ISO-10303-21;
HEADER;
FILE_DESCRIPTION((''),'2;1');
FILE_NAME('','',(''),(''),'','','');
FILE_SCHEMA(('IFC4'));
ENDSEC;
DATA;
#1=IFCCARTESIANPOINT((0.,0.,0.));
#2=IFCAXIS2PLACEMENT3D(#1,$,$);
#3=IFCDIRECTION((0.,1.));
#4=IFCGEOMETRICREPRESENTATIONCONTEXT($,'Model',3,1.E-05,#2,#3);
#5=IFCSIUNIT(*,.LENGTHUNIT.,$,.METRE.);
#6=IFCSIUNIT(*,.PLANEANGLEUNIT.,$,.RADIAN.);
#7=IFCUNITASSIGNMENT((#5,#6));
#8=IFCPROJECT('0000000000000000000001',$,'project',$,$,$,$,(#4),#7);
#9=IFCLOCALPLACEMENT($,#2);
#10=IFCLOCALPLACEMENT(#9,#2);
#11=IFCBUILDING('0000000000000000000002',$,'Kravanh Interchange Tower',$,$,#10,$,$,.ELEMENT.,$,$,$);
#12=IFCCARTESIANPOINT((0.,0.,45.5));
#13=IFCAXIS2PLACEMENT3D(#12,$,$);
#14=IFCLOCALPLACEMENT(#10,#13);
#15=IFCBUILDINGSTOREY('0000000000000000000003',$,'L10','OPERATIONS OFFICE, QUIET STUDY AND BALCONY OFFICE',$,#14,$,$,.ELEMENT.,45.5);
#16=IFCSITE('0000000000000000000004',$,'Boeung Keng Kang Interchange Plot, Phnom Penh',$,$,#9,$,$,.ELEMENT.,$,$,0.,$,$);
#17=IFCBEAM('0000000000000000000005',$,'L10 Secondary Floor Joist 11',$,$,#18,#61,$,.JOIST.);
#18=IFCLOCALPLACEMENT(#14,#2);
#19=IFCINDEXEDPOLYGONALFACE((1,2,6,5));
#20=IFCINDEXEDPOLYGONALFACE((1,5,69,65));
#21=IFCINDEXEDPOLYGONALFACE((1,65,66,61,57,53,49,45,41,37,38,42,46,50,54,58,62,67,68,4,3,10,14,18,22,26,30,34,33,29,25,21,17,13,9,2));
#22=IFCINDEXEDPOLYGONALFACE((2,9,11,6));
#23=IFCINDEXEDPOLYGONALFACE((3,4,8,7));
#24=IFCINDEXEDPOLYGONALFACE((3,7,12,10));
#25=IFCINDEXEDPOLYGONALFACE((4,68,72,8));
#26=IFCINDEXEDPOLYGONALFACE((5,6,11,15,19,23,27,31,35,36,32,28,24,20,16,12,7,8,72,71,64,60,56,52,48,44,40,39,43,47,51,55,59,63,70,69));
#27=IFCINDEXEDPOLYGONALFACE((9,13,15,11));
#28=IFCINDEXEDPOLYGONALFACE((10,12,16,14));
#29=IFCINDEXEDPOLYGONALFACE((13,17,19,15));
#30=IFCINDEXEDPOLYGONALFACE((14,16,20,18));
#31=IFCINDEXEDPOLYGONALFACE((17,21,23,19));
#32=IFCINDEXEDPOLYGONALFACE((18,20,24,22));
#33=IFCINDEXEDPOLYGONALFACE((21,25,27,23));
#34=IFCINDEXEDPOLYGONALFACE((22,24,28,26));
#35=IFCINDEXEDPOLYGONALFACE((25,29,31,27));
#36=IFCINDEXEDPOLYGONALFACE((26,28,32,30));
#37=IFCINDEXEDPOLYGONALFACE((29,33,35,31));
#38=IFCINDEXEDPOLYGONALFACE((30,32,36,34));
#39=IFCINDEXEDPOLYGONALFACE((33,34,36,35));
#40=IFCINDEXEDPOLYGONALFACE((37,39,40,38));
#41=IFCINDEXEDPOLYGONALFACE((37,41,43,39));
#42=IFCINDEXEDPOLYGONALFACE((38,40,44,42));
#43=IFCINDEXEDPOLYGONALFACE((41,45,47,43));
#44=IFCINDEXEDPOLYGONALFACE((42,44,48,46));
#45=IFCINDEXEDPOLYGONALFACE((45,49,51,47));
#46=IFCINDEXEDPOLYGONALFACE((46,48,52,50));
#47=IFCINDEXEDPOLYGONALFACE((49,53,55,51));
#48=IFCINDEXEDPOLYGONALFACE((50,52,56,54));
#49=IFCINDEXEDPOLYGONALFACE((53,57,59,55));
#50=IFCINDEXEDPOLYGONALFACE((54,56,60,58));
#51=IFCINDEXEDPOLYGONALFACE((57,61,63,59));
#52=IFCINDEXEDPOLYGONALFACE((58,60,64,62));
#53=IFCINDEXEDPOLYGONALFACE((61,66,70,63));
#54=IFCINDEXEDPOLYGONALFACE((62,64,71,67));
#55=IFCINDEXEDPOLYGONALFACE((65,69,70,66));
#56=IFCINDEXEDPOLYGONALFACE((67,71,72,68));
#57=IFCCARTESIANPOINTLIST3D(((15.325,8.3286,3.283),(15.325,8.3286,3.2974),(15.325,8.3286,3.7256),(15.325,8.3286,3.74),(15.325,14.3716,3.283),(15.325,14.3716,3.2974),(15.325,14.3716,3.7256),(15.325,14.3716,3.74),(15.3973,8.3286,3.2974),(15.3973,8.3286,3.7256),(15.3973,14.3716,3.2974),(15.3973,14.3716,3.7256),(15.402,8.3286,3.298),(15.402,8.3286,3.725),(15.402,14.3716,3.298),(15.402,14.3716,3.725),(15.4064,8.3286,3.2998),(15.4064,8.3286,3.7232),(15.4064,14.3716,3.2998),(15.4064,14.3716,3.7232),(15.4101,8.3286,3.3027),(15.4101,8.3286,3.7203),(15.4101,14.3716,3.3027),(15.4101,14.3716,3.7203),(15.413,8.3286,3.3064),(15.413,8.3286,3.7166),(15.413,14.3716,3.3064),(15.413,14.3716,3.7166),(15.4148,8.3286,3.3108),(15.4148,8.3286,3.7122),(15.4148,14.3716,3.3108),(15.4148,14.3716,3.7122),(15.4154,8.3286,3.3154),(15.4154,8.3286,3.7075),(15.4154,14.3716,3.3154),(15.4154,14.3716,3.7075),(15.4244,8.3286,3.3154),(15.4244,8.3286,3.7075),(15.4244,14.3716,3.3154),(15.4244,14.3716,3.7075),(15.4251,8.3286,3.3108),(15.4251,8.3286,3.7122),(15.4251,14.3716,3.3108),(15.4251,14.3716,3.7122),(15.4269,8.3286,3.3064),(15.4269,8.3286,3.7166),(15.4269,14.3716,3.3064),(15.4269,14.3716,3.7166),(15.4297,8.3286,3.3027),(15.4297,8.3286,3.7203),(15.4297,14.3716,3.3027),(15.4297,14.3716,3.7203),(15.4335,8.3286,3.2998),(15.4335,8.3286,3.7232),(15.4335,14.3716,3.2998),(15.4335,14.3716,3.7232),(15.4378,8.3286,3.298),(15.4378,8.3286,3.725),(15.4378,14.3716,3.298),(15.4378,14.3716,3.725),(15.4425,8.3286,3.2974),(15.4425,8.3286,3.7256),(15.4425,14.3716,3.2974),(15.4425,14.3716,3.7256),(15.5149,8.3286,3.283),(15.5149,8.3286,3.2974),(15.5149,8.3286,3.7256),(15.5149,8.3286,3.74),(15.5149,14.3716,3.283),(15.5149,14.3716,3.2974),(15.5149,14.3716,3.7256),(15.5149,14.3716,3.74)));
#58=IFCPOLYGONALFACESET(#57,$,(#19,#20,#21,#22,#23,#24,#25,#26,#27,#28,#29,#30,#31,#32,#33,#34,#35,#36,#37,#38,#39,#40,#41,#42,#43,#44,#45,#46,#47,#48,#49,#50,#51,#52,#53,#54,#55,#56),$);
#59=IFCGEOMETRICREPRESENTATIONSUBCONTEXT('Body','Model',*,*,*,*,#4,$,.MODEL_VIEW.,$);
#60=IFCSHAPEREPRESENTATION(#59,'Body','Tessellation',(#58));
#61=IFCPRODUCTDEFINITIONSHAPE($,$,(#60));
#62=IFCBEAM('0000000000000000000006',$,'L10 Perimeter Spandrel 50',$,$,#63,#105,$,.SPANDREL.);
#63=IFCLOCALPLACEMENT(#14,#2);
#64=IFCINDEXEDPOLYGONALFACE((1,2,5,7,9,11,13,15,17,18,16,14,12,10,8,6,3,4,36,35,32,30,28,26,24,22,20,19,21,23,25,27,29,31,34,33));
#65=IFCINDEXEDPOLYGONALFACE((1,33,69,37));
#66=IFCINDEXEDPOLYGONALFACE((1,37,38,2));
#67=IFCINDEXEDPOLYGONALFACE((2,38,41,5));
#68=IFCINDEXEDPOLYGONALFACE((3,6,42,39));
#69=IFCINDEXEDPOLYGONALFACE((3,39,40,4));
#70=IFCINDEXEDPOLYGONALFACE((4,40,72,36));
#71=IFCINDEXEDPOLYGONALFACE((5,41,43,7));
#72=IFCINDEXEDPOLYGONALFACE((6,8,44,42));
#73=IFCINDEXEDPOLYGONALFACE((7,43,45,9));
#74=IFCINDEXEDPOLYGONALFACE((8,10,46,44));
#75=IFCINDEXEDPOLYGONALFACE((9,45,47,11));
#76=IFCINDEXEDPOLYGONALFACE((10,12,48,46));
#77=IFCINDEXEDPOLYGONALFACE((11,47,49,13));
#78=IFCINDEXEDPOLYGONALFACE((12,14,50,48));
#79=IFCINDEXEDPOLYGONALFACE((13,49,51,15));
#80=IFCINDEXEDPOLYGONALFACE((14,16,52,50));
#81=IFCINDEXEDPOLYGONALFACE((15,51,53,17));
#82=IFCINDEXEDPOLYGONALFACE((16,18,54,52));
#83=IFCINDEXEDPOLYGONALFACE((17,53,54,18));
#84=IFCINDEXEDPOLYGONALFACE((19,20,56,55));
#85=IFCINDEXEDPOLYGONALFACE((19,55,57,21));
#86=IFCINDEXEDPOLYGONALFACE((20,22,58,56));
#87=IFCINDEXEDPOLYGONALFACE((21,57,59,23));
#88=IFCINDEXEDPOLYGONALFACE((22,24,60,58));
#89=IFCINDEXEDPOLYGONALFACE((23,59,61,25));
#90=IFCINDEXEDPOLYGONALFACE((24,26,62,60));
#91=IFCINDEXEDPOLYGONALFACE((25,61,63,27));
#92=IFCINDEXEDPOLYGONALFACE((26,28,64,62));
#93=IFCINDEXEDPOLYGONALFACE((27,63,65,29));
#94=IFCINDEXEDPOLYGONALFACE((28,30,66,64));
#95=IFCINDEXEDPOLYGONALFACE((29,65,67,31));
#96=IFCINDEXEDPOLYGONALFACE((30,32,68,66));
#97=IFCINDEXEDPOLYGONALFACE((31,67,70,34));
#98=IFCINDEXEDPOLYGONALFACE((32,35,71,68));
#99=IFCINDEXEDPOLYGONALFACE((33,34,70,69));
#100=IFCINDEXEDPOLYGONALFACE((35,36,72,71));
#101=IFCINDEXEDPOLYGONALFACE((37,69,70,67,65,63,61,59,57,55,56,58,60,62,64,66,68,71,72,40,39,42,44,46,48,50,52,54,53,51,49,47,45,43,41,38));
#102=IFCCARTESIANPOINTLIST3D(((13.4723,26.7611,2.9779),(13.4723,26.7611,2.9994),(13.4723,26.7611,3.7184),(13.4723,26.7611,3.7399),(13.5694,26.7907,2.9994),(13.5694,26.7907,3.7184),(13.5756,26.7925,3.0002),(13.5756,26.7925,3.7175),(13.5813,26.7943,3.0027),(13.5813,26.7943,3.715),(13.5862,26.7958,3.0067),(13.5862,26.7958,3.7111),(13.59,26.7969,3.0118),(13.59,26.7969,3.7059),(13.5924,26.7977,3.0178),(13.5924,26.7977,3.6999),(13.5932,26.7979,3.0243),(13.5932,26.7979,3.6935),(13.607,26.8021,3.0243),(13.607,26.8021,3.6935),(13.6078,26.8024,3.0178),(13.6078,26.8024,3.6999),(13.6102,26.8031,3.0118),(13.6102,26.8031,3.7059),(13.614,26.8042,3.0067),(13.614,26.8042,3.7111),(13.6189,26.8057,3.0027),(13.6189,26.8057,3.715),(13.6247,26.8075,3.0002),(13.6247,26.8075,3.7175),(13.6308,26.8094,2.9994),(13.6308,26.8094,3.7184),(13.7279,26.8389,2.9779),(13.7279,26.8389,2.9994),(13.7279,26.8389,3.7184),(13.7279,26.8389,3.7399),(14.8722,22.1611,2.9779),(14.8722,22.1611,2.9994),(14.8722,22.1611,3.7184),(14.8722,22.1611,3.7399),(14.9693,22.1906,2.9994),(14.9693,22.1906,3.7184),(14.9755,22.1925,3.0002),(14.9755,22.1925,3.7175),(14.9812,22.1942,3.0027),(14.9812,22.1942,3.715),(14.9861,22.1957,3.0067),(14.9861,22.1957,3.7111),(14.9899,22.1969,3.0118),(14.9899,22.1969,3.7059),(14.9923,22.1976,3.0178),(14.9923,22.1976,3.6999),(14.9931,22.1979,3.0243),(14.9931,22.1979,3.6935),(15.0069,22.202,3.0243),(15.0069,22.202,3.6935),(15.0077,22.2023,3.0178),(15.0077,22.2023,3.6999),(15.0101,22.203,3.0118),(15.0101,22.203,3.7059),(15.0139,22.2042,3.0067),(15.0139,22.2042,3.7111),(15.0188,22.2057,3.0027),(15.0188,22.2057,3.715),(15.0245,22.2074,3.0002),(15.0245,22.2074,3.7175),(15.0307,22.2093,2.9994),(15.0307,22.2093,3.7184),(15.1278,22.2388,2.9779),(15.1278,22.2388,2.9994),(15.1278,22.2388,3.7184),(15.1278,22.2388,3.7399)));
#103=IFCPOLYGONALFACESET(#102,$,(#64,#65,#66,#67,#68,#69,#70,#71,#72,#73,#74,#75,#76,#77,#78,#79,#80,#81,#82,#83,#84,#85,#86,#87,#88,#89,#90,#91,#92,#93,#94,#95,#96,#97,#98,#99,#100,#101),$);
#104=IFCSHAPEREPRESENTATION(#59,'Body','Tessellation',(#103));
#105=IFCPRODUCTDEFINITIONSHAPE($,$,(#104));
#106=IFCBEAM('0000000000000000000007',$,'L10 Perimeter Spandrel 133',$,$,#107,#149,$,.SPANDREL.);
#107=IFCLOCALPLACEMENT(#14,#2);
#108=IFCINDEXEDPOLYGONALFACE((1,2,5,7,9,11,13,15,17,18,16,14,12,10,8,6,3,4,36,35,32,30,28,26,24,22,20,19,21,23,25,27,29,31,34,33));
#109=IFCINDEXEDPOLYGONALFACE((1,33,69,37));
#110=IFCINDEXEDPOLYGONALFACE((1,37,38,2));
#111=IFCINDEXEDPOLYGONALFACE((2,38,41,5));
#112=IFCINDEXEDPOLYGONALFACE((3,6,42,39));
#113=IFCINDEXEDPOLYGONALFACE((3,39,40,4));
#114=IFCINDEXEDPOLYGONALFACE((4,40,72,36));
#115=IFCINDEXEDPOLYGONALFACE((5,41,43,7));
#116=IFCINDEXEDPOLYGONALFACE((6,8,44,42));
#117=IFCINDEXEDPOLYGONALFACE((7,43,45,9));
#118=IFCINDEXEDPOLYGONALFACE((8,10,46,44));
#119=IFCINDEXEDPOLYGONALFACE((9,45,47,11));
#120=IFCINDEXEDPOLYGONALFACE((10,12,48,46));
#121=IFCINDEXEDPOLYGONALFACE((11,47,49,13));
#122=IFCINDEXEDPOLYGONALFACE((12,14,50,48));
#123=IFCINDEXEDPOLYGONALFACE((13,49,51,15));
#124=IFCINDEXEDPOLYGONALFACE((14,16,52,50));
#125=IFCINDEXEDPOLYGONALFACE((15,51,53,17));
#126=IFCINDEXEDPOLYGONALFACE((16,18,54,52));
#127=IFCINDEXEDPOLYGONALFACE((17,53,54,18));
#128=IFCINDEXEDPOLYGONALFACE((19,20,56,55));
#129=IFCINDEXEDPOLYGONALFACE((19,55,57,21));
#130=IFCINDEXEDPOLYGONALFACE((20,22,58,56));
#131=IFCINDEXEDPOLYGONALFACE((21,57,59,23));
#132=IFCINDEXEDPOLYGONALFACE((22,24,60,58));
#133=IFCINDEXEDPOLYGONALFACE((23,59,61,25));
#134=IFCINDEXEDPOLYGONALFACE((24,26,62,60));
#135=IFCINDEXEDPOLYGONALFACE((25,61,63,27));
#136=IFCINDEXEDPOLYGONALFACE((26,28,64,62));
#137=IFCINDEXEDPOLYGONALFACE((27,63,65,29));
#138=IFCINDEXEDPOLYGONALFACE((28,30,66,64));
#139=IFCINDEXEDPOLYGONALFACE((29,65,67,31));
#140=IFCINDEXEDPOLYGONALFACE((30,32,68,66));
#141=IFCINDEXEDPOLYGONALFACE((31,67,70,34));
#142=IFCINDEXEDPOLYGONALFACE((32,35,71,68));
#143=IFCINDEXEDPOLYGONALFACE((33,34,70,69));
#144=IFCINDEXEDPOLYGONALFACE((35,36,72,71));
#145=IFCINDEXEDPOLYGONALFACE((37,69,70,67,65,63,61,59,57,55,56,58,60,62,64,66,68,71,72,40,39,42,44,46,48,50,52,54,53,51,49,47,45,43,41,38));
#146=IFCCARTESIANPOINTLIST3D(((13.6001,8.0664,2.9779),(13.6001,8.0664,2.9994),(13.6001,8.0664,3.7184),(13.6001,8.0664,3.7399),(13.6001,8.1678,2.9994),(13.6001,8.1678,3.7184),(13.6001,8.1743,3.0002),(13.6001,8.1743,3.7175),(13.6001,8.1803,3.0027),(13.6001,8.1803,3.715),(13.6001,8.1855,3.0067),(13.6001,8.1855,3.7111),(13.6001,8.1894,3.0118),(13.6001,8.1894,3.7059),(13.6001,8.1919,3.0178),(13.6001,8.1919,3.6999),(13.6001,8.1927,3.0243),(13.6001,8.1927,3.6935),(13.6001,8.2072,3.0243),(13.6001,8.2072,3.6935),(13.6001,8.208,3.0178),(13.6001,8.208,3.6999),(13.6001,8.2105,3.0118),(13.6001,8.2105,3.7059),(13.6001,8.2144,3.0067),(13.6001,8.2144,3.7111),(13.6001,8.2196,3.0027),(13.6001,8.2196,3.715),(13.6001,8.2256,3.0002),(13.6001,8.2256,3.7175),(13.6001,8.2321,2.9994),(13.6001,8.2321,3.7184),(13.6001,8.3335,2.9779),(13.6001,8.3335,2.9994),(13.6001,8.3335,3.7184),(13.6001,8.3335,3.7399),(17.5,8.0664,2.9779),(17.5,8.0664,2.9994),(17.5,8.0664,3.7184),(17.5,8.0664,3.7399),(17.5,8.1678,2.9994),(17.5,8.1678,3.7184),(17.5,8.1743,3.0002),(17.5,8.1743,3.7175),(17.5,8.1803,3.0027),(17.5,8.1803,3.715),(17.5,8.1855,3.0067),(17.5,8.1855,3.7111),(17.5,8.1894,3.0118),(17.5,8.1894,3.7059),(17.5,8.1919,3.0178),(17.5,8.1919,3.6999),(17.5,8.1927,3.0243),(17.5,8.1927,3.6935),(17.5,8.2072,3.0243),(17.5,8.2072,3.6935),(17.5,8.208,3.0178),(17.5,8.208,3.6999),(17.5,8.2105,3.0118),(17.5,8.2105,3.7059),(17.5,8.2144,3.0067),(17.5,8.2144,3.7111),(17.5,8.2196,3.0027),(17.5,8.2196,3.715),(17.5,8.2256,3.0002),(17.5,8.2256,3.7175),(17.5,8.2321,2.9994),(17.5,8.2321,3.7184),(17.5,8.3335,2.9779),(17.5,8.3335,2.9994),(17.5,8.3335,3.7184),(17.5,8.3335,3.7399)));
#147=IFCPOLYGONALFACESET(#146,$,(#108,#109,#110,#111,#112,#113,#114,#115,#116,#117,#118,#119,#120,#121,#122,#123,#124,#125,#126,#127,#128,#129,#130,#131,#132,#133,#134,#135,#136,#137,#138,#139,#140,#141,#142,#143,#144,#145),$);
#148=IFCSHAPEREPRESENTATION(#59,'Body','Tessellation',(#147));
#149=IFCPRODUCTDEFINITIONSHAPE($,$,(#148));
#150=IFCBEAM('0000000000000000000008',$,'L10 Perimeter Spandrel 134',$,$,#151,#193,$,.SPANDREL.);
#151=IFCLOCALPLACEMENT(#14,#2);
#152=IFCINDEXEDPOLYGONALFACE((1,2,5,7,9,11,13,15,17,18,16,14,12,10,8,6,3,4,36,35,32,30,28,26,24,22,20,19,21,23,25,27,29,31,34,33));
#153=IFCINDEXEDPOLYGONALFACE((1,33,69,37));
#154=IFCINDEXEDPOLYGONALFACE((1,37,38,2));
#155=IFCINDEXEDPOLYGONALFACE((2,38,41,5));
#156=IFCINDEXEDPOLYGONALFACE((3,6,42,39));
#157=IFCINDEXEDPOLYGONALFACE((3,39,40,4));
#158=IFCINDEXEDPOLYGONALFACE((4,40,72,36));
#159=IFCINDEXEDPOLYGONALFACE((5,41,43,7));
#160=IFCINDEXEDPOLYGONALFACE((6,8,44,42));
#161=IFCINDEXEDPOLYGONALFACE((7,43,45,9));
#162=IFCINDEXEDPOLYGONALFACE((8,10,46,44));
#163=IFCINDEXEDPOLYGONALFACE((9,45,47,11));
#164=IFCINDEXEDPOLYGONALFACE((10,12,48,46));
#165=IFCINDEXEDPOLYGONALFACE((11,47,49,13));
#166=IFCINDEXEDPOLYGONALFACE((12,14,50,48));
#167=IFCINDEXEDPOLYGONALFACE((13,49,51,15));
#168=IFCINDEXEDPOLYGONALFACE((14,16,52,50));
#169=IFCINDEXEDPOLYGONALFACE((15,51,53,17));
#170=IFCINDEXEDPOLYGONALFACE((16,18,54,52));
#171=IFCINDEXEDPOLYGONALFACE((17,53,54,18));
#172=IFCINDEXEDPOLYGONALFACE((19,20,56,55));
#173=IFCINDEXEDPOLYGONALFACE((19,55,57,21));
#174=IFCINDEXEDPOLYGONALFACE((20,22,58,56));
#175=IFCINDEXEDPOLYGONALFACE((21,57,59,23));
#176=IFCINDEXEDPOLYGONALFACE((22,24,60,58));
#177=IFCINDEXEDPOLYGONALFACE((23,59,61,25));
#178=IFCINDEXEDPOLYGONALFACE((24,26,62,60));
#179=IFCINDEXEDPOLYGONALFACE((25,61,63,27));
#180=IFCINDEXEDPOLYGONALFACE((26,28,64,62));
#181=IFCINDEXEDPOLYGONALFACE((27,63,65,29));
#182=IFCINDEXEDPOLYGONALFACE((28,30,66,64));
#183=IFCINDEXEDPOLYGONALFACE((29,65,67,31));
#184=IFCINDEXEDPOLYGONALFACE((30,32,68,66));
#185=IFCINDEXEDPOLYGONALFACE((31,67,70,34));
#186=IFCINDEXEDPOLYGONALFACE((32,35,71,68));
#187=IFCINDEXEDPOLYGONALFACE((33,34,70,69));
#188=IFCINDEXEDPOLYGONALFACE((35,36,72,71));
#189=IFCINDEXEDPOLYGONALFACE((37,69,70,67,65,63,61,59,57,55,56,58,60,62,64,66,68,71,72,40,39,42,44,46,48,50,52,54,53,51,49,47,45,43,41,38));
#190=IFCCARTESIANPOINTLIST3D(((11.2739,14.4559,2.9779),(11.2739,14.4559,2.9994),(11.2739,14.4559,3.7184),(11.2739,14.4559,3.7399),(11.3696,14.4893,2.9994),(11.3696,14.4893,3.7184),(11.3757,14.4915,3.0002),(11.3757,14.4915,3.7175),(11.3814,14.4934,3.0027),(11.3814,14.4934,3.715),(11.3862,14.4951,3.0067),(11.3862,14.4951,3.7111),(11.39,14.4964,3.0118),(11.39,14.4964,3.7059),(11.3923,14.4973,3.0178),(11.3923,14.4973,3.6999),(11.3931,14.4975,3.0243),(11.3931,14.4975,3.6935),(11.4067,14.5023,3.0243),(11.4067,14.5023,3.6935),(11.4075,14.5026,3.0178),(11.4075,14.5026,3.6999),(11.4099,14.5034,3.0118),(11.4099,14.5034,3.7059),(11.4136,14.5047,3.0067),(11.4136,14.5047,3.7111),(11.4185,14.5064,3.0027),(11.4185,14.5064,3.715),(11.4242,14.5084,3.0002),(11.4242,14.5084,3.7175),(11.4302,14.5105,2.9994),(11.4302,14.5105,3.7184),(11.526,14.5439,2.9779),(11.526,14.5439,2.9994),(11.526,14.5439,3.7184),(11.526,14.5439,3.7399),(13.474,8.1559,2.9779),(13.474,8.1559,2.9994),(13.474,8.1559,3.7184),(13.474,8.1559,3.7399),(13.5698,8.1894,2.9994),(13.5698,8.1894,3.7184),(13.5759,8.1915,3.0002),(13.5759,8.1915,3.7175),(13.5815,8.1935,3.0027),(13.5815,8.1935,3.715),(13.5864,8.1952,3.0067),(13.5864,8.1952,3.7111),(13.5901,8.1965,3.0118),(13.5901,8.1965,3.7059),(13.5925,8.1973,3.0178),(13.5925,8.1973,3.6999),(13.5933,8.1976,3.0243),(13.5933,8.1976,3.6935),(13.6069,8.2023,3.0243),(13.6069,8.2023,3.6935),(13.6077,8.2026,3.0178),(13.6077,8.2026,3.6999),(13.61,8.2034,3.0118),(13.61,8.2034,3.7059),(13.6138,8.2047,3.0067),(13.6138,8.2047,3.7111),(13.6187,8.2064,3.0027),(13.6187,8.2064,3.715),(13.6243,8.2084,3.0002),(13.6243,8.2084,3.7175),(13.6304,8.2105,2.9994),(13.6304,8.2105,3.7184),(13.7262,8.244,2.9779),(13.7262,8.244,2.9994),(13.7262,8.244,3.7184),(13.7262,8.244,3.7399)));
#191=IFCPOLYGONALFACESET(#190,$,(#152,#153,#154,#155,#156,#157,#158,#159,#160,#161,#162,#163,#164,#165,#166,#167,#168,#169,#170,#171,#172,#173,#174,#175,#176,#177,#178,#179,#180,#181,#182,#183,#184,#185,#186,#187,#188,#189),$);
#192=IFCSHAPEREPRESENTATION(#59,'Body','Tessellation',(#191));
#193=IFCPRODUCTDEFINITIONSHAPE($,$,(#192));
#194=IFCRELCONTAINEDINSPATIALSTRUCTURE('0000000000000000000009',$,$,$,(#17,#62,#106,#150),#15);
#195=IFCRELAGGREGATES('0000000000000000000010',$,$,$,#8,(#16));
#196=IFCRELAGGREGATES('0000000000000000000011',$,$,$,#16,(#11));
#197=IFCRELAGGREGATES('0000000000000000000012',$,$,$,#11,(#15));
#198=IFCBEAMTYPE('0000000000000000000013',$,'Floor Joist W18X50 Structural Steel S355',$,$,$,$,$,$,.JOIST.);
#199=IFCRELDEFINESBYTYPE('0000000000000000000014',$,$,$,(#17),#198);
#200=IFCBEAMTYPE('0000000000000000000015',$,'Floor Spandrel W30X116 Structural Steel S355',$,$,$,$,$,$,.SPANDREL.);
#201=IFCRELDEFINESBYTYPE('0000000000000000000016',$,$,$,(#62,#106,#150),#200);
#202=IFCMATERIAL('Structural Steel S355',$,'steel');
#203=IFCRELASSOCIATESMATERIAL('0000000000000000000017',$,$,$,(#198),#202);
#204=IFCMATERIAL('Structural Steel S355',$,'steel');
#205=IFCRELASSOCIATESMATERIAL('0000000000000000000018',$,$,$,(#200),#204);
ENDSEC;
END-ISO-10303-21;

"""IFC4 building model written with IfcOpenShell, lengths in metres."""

from ifc_helpers import new_model, si_unit, direction, frame, origin, origin_2d, place, context, subcontext, project, spatial, i_section, extrude, material, material_profile, profile_set, type_object, element, save


model = new_model("IFC4")

# Units and contexts
model_context = context("Model", 3, precision=1e-05, world=origin(), true_north=direction((0.0, 1.0)))
body_context = subcontext(model_context, "Body", "Model", "MODEL_VIEW")
ifc_project = project(units=[si_unit("LENGTHUNIT", "METRE"), si_unit("PLANEANGLEUNIT", "RADIAN")], contexts=[model_context])

# Site, building, storey
site_placement = place(None, origin())
site = spatial("IfcSite", under=ifc_project, at=site_placement, Name="Boeung Keng Kang Interchange Plot, Phnom Penh", CompositionType="ELEMENT", RefElevation=0.0)
building_placement = place(site_placement, origin())
building = spatial("IfcBuilding", under=site, at=building_placement, Name="Kravanh Interchange Tower", CompositionType="ELEMENT")
storey_placement = place(building_placement, frame((0.0, 0.0, 45.5)))
storey = spatial("IfcBuildingStorey", under=building, at=storey_placement, Name="L10", Description="OPERATIONS OFFICE, QUIET STUDY AND BALCONY OFFICE", CompositionType="ELEMENT", Elevation=45.5)

# Beams
ifc_material_1 = material(Name="Structural Steel S355", Category="steel")
ifc_material_profile_1 = material_profile(ifc_material_1, i_section(OverallWidth=0.1899, OverallDepth=0.457, WebThickness=0.009, FlangeThickness=0.0144, FilletRadius=0.0181, at=origin_2d()), Name="W18X50")
ifc_profile_set_1 = profile_set([ifc_material_profile_1], Name="Structural Steel S355")
beam_type_1 = type_object("IfcBeamType", Name="Floor Joist W18X50 Structural Steel S355", PredefinedType="JOIST", material=ifc_profile_set_1)
for number, where, z_axis, x_axis, name in (
    (1, (15.4199, 8.3286, 3.5115), (0.0, 1.0, 0.0), (-1.0, 0.0, 0.0), "L10 Secondary Floor Joist 11"),
):
    element("IfcBeam", number, at=place(storey_placement, frame(where, z_axis=z_axis, x_axis=x_axis)), inside=storey, type_object=beam_type_1, Name=name, PredefinedType="JOIST", context=body_context, shape_type="SweptSolid", body=[
        extrude(i_section(OverallWidth=0.1899, OverallDepth=0.457, WebThickness=0.009, FlangeThickness=0.0144, FilletRadius=0.0181, at=origin_2d()), origin(), (0.0, 0.0, 1.0), 6.043),
    ])
ifc_material_2 = material(Name="Structural Steel S355", Category="steel")
ifc_material_profile_2 = material_profile(ifc_material_2, i_section(OverallWidth=0.2671, OverallDepth=0.762, WebThickness=0.0144, FlangeThickness=0.0215, FilletRadius=0.0249, at=origin_2d()), Name="W30X116")
ifc_profile_set_2 = profile_set([ifc_material_profile_2], Name="Structural Steel S355")
beam_type_2 = type_object("IfcBeamType", Name="Floor Spandrel W30X116 Structural Steel S355", PredefinedType="SPANDREL", material=ifc_profile_set_2)
beam_1_placement = place(storey_placement, frame((15.0, 22.2, 3.3589), z_axis=(-0.291137, 0.956681, 0.0), x_axis=(-0.956681, -0.291137, 0.0)))
element("IfcBeam", 2, at=beam_1_placement, inside=storey, type_object=beam_type_2, Name="L10 Perimeter Spandrel 50", PredefinedType="SPANDREL", context=body_context, shape_type="SweptSolid", body=[
    extrude(i_section(OverallWidth=0.2671, OverallDepth=0.762, WebThickness=0.0144, FlangeThickness=0.0215, FilletRadius=0.0249, at=origin_2d()), origin(), (0.0, 0.0, 1.0), 4.8083),
])
beam_2_placement = place(storey_placement, frame((13.6001, 8.2, 3.3589), z_axis=(1.0, 0.0, 0.0), x_axis=(0.0, 1.0, 0.0)))
element("IfcBeam", 3, at=beam_2_placement, inside=storey, type_object=beam_type_2, Name="L10 Perimeter Spandrel 133", PredefinedType="SPANDREL", context=body_context, shape_type="SweptSolid", body=[
    extrude(i_section(OverallWidth=0.2671, OverallDepth=0.762, WebThickness=0.0144, FlangeThickness=0.0215, FilletRadius=0.0249, at=origin_2d()), origin(), (0.0, 0.0, 1.0), 3.8999),
])
beam_3_placement = place(storey_placement, frame((13.6001, 8.2, 3.3589), z_axis=(-0.329707, 0.944083, 0.0), x_axis=(-0.944083, -0.329707, 0.0)))
element("IfcBeam", 4, at=beam_3_placement, inside=storey, type_object=beam_type_2, Name="L10 Perimeter Spandrel 134", PredefinedType="SPANDREL", context=body_context, shape_type="SweptSolid", body=[
    extrude(i_section(OverallWidth=0.2671, OverallDepth=0.762, WebThickness=0.0144, FlangeThickness=0.0215, FilletRadius=0.0249, at=origin_2d()), origin(), (0.0, 0.0, 1.0), 6.6731),
])

save(model, "model.ifc")
